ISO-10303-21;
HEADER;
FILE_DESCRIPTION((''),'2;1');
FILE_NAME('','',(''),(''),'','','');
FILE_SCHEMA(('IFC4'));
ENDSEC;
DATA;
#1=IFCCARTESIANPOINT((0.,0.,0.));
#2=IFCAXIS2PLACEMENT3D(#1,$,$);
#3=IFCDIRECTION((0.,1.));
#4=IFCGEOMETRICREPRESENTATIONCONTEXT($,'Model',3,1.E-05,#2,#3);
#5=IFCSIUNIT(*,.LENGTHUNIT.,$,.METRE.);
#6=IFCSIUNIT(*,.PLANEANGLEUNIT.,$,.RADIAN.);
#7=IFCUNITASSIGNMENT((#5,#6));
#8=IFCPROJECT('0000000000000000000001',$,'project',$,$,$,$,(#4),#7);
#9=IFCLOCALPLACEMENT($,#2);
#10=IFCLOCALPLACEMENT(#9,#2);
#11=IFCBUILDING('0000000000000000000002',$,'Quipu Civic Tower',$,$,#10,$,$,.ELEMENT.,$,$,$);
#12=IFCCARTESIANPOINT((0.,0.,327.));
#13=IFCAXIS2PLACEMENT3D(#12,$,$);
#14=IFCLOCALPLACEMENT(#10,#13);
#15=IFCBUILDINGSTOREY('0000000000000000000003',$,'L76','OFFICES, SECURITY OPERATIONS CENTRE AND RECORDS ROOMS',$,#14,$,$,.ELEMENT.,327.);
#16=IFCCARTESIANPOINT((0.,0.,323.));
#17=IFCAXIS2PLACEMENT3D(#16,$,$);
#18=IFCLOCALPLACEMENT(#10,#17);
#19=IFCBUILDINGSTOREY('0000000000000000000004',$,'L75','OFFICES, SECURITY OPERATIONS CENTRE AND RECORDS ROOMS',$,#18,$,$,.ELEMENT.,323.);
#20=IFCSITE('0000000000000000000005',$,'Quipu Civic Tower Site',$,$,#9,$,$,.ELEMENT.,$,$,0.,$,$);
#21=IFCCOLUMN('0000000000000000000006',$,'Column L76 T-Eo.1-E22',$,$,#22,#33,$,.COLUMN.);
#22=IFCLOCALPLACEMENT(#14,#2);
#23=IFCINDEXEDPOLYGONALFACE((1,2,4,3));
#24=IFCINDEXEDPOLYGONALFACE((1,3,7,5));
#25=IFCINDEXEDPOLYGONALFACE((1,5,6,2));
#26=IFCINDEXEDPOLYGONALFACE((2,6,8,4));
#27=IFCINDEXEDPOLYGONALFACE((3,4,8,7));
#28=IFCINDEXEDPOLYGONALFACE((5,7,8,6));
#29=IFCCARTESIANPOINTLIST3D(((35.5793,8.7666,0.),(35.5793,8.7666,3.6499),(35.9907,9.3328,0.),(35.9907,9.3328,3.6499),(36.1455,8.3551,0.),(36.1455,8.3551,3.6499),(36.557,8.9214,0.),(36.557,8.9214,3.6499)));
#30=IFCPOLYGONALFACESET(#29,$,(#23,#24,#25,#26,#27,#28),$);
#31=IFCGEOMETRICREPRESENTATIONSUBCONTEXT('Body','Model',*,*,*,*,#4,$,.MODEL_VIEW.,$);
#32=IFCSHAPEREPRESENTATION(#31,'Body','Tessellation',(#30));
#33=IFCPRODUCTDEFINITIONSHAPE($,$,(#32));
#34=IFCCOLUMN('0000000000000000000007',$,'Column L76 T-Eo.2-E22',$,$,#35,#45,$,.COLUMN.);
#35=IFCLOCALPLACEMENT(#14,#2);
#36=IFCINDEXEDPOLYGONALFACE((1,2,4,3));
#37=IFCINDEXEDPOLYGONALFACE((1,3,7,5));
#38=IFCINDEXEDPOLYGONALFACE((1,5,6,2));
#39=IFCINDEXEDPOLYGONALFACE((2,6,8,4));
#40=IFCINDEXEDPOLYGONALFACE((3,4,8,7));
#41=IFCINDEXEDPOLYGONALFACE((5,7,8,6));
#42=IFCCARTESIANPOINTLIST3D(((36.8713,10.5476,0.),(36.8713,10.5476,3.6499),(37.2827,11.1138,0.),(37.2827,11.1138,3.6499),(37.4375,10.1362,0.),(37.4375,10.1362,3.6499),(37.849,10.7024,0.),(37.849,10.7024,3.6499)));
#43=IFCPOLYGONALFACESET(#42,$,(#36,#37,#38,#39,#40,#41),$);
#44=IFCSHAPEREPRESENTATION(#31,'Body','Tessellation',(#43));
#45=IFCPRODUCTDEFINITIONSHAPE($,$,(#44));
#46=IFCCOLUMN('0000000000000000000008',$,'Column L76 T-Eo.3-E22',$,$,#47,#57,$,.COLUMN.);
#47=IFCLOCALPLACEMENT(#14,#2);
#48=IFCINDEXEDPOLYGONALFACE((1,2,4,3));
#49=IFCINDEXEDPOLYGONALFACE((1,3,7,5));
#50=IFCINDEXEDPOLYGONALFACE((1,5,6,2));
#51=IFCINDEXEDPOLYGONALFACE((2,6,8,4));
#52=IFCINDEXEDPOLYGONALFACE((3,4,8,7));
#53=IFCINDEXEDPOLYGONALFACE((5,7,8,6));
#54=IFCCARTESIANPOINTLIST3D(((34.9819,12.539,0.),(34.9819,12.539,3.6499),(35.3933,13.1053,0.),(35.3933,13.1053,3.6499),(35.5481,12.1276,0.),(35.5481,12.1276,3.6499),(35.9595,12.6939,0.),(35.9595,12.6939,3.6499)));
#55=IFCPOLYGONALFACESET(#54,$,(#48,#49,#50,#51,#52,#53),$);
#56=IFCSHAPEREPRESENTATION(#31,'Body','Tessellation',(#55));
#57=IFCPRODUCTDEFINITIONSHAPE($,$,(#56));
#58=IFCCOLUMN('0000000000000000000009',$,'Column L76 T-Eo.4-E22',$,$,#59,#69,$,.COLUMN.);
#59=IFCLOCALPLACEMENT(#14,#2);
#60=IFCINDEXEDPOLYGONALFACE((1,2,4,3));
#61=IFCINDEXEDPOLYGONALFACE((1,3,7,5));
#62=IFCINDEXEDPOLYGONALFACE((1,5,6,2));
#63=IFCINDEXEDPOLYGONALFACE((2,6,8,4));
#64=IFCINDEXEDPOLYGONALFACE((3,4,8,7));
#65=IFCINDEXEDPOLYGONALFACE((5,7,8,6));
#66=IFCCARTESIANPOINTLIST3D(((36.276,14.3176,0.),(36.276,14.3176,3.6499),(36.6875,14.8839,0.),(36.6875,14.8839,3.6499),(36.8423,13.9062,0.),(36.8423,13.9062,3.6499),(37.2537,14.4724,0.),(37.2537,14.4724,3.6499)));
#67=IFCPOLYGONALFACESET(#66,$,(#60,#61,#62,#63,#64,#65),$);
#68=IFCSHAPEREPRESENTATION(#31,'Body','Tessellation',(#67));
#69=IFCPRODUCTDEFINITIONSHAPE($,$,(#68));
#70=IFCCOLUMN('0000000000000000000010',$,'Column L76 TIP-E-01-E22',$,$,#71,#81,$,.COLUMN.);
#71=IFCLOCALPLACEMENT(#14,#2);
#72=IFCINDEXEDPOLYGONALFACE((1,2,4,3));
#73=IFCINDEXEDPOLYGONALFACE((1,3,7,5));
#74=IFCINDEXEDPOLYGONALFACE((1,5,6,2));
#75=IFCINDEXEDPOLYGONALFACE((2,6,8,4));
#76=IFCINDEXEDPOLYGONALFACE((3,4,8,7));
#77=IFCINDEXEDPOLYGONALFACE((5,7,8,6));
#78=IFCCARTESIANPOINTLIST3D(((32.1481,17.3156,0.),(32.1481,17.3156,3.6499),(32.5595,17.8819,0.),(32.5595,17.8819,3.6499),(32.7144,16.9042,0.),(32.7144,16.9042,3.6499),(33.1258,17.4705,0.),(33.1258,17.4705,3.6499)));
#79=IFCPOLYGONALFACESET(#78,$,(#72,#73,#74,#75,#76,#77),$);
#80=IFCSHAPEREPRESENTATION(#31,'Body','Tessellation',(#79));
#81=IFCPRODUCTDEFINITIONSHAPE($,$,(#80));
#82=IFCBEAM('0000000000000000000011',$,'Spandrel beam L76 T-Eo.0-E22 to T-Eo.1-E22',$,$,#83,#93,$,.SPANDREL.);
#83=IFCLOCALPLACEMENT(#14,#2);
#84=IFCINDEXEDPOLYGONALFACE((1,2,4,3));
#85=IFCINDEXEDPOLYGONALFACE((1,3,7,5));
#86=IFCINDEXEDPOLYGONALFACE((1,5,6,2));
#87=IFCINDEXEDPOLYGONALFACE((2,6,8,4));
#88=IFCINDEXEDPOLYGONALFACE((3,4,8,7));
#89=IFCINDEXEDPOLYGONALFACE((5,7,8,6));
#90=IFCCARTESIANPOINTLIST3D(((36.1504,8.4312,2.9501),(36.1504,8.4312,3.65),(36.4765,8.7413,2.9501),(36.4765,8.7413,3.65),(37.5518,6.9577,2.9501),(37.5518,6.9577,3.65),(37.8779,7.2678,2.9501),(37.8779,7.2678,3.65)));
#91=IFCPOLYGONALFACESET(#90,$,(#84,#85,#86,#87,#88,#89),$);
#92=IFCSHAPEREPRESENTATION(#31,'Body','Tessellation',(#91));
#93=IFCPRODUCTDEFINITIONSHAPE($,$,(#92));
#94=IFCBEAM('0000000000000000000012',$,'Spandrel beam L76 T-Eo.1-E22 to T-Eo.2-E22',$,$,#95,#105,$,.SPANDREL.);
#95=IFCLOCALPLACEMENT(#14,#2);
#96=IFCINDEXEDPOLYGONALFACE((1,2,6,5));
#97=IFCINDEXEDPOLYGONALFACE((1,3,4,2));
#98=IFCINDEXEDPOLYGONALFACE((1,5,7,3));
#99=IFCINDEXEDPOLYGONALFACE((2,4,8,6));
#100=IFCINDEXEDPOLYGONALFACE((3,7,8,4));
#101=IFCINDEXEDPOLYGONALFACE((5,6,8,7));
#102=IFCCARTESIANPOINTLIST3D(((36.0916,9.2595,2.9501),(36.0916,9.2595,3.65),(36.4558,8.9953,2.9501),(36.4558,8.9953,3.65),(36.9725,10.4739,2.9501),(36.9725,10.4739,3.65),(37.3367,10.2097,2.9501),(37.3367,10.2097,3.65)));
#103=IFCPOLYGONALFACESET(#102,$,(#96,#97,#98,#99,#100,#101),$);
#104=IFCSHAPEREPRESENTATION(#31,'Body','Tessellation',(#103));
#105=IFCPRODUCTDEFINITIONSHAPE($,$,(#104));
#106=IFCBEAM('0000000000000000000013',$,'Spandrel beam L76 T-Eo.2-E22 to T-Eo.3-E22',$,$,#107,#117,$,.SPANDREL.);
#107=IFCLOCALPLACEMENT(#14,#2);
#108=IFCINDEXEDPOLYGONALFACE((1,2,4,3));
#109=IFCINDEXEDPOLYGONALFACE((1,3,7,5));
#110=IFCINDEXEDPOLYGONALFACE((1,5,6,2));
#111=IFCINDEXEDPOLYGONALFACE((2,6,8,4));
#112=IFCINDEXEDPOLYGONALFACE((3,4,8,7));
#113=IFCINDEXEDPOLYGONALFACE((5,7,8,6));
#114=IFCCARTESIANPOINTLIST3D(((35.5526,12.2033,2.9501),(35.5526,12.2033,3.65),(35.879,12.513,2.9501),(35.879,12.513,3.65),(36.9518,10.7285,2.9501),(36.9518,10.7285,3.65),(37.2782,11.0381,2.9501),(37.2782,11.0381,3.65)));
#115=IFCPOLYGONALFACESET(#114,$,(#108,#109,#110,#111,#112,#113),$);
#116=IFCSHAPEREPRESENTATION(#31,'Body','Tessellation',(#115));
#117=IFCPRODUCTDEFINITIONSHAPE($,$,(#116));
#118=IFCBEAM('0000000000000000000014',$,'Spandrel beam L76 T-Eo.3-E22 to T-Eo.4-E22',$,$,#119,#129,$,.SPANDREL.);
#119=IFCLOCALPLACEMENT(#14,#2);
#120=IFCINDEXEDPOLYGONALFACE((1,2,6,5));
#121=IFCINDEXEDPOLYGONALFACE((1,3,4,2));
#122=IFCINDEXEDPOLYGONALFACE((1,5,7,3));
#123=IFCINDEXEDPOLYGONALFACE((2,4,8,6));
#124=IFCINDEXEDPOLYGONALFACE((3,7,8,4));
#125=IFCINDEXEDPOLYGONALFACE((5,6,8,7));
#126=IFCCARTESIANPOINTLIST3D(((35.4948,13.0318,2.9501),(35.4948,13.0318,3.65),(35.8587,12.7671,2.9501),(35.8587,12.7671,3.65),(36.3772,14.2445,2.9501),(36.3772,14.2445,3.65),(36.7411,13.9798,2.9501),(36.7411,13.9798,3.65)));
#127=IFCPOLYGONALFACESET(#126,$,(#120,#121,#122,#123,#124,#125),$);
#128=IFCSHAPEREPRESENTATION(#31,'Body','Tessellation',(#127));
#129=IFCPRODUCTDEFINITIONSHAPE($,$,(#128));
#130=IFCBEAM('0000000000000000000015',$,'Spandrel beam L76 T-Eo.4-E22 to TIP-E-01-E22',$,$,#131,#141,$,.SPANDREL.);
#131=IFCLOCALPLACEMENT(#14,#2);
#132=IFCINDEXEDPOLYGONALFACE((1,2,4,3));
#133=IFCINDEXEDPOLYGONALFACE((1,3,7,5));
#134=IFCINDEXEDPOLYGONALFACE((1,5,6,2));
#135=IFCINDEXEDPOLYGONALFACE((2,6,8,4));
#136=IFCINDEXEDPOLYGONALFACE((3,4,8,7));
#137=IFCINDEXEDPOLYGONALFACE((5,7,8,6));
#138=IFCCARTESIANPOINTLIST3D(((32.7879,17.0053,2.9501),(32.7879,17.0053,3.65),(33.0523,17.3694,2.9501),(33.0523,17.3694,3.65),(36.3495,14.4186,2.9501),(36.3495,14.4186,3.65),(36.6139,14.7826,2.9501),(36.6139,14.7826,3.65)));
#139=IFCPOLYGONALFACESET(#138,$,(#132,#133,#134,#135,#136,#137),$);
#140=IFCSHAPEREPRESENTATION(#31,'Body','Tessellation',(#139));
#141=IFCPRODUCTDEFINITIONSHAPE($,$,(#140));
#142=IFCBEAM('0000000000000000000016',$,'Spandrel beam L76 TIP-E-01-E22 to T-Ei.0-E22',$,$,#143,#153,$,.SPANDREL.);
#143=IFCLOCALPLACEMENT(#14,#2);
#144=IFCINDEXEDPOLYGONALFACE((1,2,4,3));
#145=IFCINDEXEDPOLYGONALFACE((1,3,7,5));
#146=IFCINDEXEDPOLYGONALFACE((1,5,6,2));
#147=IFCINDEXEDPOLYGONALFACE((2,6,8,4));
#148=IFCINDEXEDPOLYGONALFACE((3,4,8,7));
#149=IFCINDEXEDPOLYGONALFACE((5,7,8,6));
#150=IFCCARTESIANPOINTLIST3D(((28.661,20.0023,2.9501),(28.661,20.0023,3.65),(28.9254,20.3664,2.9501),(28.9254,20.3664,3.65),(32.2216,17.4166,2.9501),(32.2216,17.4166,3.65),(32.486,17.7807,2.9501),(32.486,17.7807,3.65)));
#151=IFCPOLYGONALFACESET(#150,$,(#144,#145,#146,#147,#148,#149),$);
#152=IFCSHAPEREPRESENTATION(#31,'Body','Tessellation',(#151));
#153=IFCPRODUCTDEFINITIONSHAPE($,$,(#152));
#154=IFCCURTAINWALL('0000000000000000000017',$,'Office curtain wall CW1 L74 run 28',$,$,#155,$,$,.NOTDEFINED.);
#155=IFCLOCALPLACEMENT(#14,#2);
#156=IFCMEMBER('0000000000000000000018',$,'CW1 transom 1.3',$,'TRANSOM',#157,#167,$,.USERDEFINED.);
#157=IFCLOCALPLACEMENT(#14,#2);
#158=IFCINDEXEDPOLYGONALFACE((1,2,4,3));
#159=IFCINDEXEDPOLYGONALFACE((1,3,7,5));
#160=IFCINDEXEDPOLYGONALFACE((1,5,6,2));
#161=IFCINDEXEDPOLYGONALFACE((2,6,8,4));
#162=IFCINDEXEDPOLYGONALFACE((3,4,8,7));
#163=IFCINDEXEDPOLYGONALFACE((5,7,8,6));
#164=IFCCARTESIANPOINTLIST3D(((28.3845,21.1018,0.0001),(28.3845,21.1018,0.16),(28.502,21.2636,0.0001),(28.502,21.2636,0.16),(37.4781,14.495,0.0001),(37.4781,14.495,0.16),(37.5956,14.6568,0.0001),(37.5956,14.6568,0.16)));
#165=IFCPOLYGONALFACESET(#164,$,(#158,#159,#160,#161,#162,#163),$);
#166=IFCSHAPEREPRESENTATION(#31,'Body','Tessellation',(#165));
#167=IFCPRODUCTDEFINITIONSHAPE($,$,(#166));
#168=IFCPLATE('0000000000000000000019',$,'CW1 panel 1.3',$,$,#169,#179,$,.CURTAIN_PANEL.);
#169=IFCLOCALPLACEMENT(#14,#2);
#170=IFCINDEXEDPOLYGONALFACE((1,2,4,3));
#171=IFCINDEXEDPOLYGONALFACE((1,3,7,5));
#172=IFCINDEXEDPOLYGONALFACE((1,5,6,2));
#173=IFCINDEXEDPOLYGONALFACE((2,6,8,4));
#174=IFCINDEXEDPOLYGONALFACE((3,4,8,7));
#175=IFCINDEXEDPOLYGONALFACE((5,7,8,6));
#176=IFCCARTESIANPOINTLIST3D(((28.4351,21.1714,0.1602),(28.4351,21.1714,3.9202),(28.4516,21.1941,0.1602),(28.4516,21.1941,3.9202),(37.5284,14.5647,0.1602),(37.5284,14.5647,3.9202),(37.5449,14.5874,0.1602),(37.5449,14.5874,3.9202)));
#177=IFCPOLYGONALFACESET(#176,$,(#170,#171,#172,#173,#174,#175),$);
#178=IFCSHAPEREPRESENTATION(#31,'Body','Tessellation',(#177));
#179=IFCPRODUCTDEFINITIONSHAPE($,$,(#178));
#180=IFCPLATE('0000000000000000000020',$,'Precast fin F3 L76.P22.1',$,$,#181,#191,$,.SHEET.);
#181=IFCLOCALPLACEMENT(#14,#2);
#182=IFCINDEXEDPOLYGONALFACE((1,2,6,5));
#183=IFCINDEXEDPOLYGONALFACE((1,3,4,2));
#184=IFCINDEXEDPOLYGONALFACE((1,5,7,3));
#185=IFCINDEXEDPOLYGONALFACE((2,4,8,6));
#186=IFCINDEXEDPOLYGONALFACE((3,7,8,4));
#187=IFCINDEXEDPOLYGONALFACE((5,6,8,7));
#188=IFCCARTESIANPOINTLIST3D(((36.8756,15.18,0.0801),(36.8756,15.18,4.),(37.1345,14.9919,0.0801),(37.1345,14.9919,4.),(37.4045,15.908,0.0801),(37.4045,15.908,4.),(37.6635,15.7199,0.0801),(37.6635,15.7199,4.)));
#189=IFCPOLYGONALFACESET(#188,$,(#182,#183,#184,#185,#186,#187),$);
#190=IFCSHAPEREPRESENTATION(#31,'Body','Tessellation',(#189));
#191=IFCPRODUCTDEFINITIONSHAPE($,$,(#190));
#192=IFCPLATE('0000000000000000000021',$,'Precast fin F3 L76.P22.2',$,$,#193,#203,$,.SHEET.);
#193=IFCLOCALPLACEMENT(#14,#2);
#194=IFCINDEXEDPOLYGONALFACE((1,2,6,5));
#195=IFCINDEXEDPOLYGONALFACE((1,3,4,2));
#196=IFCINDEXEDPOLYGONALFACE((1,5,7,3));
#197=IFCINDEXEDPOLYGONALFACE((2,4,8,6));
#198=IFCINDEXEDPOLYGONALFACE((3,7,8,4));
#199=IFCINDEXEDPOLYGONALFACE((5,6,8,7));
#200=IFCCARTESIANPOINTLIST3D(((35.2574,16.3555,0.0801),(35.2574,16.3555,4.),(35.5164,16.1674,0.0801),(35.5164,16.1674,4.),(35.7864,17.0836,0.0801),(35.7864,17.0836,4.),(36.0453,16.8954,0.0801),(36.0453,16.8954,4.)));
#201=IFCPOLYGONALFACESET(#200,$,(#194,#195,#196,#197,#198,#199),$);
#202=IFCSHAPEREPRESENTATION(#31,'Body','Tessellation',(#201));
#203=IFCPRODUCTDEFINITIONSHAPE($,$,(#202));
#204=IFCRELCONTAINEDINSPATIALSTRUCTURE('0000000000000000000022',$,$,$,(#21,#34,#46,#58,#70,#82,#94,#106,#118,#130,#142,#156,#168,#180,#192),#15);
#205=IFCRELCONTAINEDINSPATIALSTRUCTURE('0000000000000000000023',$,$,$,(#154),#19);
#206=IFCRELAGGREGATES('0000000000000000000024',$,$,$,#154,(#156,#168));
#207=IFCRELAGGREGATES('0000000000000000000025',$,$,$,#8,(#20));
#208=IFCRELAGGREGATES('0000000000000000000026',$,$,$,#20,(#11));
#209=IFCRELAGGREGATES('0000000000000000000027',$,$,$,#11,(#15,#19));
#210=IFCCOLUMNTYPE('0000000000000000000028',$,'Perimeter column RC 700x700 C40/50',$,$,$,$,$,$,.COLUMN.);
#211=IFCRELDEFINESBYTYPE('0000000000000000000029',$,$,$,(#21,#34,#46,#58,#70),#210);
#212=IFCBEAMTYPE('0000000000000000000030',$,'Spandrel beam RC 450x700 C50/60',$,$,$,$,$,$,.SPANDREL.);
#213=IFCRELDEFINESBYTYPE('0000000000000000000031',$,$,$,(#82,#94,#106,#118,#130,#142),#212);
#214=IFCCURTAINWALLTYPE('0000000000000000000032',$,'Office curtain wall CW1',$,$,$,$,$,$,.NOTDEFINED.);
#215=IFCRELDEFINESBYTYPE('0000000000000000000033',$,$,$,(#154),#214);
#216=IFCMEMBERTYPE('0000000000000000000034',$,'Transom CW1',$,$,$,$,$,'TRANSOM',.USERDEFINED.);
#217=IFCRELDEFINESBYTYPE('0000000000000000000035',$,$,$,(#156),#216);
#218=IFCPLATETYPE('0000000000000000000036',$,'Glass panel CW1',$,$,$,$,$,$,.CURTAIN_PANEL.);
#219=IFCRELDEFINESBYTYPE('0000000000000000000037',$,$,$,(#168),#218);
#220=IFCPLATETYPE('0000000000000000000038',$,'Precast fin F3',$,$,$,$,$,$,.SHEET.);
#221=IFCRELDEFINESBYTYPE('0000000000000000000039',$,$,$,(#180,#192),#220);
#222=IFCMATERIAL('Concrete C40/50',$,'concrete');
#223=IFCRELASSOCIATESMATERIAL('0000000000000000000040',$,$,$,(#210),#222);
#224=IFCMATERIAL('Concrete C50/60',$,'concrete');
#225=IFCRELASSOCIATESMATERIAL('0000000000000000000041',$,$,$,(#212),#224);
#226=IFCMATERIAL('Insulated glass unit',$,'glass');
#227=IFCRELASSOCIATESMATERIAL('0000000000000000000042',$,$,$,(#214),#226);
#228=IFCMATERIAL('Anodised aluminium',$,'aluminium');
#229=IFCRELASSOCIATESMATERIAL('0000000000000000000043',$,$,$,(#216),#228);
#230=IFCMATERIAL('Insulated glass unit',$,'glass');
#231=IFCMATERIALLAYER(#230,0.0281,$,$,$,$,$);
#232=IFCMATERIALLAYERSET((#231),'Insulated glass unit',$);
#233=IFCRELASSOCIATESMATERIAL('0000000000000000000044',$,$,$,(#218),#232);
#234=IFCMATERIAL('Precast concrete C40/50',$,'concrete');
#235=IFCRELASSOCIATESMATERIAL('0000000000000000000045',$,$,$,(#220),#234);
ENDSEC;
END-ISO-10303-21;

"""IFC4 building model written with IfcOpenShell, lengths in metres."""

from ifc_helpers import new_model, si_unit, direction, frame, origin, origin_2d, place, context, subcontext, project, spatial, rectangle, extrude, material, layer, layer_set, material_profile, profile_set, type_object, element, aggregate, save


model = new_model("IFC4")

# Units and contexts
model_context = context("Model", 3, precision=1e-05, world=origin(), true_north=direction((0.0, 1.0)))
body_context = subcontext(model_context, "Body", "Model", "MODEL_VIEW")
ifc_project = project(units=[si_unit("LENGTHUNIT", "METRE"), si_unit("PLANEANGLEUNIT", "RADIAN")], contexts=[model_context])

# Site, building, storey
site_placement = place(None, origin())
site = spatial("IfcSite", under=ifc_project, at=site_placement, Name="Quipu Civic Tower Site", CompositionType="ELEMENT", RefElevation=0.0)
building_placement = place(site_placement, origin())
building = spatial("IfcBuilding", under=site, at=building_placement, Name="Quipu Civic Tower", CompositionType="ELEMENT")
storey_1_placement = place(building_placement, frame((0.0, 0.0, 327.0)))
storey_1 = spatial("IfcBuildingStorey", under=building, at=storey_1_placement, Name="L76", Description="OFFICES, SECURITY OPERATIONS CENTRE AND RECORDS ROOMS", CompositionType="ELEMENT", Elevation=327.0)

# Columns
ifc_material_1 = material(Name="Concrete C40/50", Category="concrete")
ifc_material_profile_1 = material_profile(ifc_material_1, rectangle(XDim=0.7, YDim=0.7, at=origin_2d()), Name="RC700x700")
ifc_profile_set_1 = profile_set([ifc_material_profile_1], Name="Concrete C40/50")
column_type = type_object("IfcColumnType", Name="Perimeter column RC 700x700 C40/50", PredefinedType="COLUMN", material=ifc_profile_set_1)
for number, where, z_axis, x_axis, name in (
    (1, (36.0681, 8.844, 0.0), (0.0, 0.0, 1.0), (0.587785, 0.809017, 0.0), "Column L76 T-Eo.1-E22"),
    (2, (37.3601, 10.625, 0.0), (0.0, 0.0, 1.0), (0.587785, 0.809017, 0.0), "Column L76 T-Eo.2-E22"),
    (3, (35.4707, 12.6165, 0.0), (0.0, 0.0, 1.0), (-0.809017, 0.587785, 0.0), "Column L76 T-Eo.3-E22"),
    (4, (36.7649, 14.395, 0.0), (0.0, 0.0, 1.0), (-0.809017, 0.587785, 0.0), "Column L76 T-Eo.4-E22"),
    (5, (32.637, 17.3931, 0.0), (0.0, 0.0, 1.0), (-0.809017, 0.587785, 0.0), "Column L76 TIP-E-01-E22"),
):
    element("IfcColumn", number, at=place(storey_1_placement, frame(where, z_axis=z_axis, x_axis=x_axis)), inside=storey_1, type_object=column_type, Name=name, PredefinedType="COLUMN", context=body_context, shape_type="SweptSolid", body=[
        extrude(rectangle(XDim=0.7, YDim=0.7, at=origin_2d()), origin(), (0.0, 0.0, 1.0), 3.6499),
    ])

# Beams
ifc_material_2 = material(Name="Concrete C50/60", Category="concrete")
ifc_material_profile_2 = material_profile(ifc_material_2, rectangle(XDim=0.45, YDim=0.7, at=origin_2d()), Name="RC450x700")
ifc_profile_set_2 = profile_set([ifc_material_profile_2], Name="Concrete C50/60")
beam_type = type_object("IfcBeamType", Name="Spandrel beam RC 450x700 C50/60", PredefinedType="SPANDREL", material=ifc_profile_set_2)
beam_1_placement = place(storey_1_placement, frame((37.7148, 7.1128, 3.3), z_axis=(-0.689175, 0.724595, 0.0), x_axis=(-0.724595, -0.689175, 0.0)))
element("IfcBeam", 6, at=beam_1_placement, inside=storey_1, type_object=beam_type, Name="Spandrel beam L76 T-Eo.0-E22 to T-Eo.1-E22", PredefinedType="SPANDREL", context=body_context, shape_type="SweptSolid", body=[
    extrude(rectangle(XDim=0.45, YDim=0.7, at=origin_2d()), origin(), (0.0, 0.0, 1.0), 2.0334),
])
beam_2_placement = place(storey_1_placement, frame((36.2737, 9.1274, 3.3), z_axis=(0.587165, 0.809467, 0.0), x_axis=(-0.809467, 0.587165, 0.0)))
element("IfcBeam", 7, at=beam_2_placement, inside=storey_1, type_object=beam_type, Name="Spandrel beam L76 T-Eo.1-E22 to T-Eo.2-E22", PredefinedType="SPANDREL", context=body_context, shape_type="SweptSolid", body=[
    extrude(rectangle(XDim=0.45, YDim=0.7, at=origin_2d()), origin(), (0.0, 0.0, 1.0), 1.5002),
])
beam_3_placement = place(storey_1_placement, frame((37.115, 10.8833, 3.3), z_axis=(-0.688247, 0.725476, 0.0), x_axis=(-0.725476, -0.688247, 0.0)))
element("IfcBeam", 8, at=beam_3_placement, inside=storey_1, type_object=beam_type, Name="Spandrel beam L76 T-Eo.2-E22 to T-Eo.3-E22", PredefinedType="SPANDREL", context=body_context, shape_type="SweptSolid", body=[
    extrude(rectangle(XDim=0.45, YDim=0.7, at=origin_2d()), origin(), (0.0, 0.0, 1.0), 2.033),
])
beam_4_placement = place(storey_1_placement, frame((35.6768, 12.8994, 3.3), z_axis=(0.588346, 0.808609, 0.0), x_axis=(-0.808609, 0.588346, 0.0)))
element("IfcBeam", 9, at=beam_4_placement, inside=storey_1, type_object=beam_type, Name="Spandrel beam L76 T-Eo.3-E22 to T-Eo.4-E22", PredefinedType="SPANDREL", context=body_context, shape_type="SweptSolid", body=[
    extrude(rectangle(XDim=0.45, YDim=0.7, at=origin_2d()), origin(), (0.0, 0.0, 1.0), 1.4998),
])
beam_5_placement = place(storey_1_placement, frame((36.4817, 14.6006, 3.3), z_axis=(-0.809117, 0.587647, 0.0), x_axis=(-0.587647, -0.809117, 0.0)))
element("IfcBeam", 10, at=beam_5_placement, inside=storey_1, type_object=beam_type, Name="Spandrel beam L76 T-Eo.4-E22 to TIP-E-01-E22", PredefinedType="SPANDREL", context=body_context, shape_type="SweptSolid", body=[
    extrude(rectangle(XDim=0.45, YDim=0.7, at=origin_2d()), origin(), (0.0, 0.0, 1.0), 4.4019),
])
beam_6_placement = place(storey_1_placement, frame((32.3538, 17.5986, 3.3), z_axis=(-0.809146, 0.587607, 0.0), x_axis=(-0.587607, -0.809146, 0.0)))
element("IfcBeam", 11, at=beam_6_placement, inside=storey_1, type_object=beam_type, Name="Spandrel beam L76 TIP-E-01-E22 to T-Ei.0-E22", PredefinedType="SPANDREL", context=body_context, shape_type="SweptSolid", body=[
    extrude(rectangle(XDim=0.45, YDim=0.7, at=origin_2d()), origin(), (0.0, 0.0, 1.0), 4.4004),
])

# Shared definitions
storey_2_placement = place(building_placement, frame((0.0, 0.0, 323.0)))
storey_2 = spatial("IfcBuildingStorey", under=building, at=storey_2_placement, Name="L75", Description="OFFICES, SECURITY OPERATIONS CENTRE AND RECORDS ROOMS", CompositionType="ELEMENT", Elevation=323.0)

# Curtain wall, member, plate
ifc_material_3 = material(Name="Insulated glass unit", Category="glass")
curtain_wall_type = type_object("IfcCurtainWallType", Name="Office curtain wall CW1", PredefinedType="NOTDEFINED", material=ifc_material_3)
curtain_wall_placement = place(storey_2_placement, origin())
curtain_wall = element("IfcCurtainWall", 12, at=curtain_wall_placement, inside=storey_2, type_object=curtain_wall_type, Name="Office curtain wall CW1 L74 run 28", PredefinedType="NOTDEFINED")
ifc_material_4 = material(Name="Anodised aluminium", Category="aluminium")
ifc_material_profile_3 = material_profile(ifc_material_4, rectangle(XDim=0.2, YDim=0.1599, at=origin_2d()), Name="RECT 200x160")
ifc_profile_set_3 = profile_set([ifc_material_profile_3], Name="Anodised aluminium")
member_type = type_object("IfcMemberType", Name="Transom CW1", ElementType="TRANSOM", PredefinedType="USERDEFINED", material=ifc_profile_set_3)
member_placement = place(storey_1_placement, frame((37.5369, 14.5759, 0.0801), z_axis=(-0.809022, 0.587778, 0.0), x_axis=(-0.587778, -0.809022, 0.0)))
member = element("IfcMember", 13, at=member_placement, inside=storey_1, type_object=member_type, Name="CW1 transom 1.3", ObjectType="TRANSOM", PredefinedType="USERDEFINED", context=body_context, shape_type="SweptSolid", body=[
    extrude(rectangle(XDim=0.2, YDim=0.1599, at=origin_2d()), origin(), (0.0, 0.0, 1.0), 11.2402),
])
ifc_material_5 = material(Name="Insulated glass unit", Category="glass")
ifc_layer = layer(ifc_material_5, 0.0281)
ifc_layer_set = layer_set([ifc_layer], Name="Insulated glass unit")
plate_type_1 = type_object("IfcPlateType", Name="Glass panel CW1", PredefinedType="CURTAIN_PANEL", material=ifc_layer_set)
plate_placement = place(storey_1_placement, frame((32.99, 17.8794, 0.1602), z_axis=(0.0, 0.0, 1.0), x_axis=(-0.809015, 0.587788, 0.0)))
plate = element("IfcPlate", 14, at=plate_placement, inside=storey_1, type_object=plate_type_1, Name="CW1 panel 1.3", PredefinedType="CURTAIN_PANEL", context=body_context, shape_type="SweptSolid", body=[
    extrude(rectangle(XDim=11.24, YDim=0.0281, at=origin_2d()), origin(), (0.0, 0.0, 1.0), 3.76),
])
aggregate(curtain_wall, [member, plate])

# Plates
ifc_material_6 = material(Name="Precast concrete C40/50", Category="concrete")
plate_type_2 = type_object("IfcPlateType", Name="Precast fin F3", PredefinedType="SHEET", material=ifc_material_6)
for number, where, z_axis, x_axis, name in (
    (15, (37.2695, 15.45, 0.0801), (0.0, 0.0, 1.0), (-0.809017, 0.587785, 0.0), "Precast fin F3 L76.P22.1"),
    (16, (35.6514, 16.6255, 0.0801), (0.0, 0.0, 1.0), (-0.809017, 0.587785, 0.0), "Precast fin F3 L76.P22.2"),
):
    element("IfcPlate", number, at=place(storey_1_placement, frame(where, z_axis=z_axis, x_axis=x_axis)), inside=storey_1, type_object=plate_type_2, Name=name, PredefinedType="SHEET", context=body_context, shape_type="SweptSolid", body=[
        extrude(rectangle(XDim=0.3201, YDim=0.8999, at=origin_2d()), origin(), (0.0, 0.0, 1.0), 3.9199),
    ])

save(model, "model.ifc")
